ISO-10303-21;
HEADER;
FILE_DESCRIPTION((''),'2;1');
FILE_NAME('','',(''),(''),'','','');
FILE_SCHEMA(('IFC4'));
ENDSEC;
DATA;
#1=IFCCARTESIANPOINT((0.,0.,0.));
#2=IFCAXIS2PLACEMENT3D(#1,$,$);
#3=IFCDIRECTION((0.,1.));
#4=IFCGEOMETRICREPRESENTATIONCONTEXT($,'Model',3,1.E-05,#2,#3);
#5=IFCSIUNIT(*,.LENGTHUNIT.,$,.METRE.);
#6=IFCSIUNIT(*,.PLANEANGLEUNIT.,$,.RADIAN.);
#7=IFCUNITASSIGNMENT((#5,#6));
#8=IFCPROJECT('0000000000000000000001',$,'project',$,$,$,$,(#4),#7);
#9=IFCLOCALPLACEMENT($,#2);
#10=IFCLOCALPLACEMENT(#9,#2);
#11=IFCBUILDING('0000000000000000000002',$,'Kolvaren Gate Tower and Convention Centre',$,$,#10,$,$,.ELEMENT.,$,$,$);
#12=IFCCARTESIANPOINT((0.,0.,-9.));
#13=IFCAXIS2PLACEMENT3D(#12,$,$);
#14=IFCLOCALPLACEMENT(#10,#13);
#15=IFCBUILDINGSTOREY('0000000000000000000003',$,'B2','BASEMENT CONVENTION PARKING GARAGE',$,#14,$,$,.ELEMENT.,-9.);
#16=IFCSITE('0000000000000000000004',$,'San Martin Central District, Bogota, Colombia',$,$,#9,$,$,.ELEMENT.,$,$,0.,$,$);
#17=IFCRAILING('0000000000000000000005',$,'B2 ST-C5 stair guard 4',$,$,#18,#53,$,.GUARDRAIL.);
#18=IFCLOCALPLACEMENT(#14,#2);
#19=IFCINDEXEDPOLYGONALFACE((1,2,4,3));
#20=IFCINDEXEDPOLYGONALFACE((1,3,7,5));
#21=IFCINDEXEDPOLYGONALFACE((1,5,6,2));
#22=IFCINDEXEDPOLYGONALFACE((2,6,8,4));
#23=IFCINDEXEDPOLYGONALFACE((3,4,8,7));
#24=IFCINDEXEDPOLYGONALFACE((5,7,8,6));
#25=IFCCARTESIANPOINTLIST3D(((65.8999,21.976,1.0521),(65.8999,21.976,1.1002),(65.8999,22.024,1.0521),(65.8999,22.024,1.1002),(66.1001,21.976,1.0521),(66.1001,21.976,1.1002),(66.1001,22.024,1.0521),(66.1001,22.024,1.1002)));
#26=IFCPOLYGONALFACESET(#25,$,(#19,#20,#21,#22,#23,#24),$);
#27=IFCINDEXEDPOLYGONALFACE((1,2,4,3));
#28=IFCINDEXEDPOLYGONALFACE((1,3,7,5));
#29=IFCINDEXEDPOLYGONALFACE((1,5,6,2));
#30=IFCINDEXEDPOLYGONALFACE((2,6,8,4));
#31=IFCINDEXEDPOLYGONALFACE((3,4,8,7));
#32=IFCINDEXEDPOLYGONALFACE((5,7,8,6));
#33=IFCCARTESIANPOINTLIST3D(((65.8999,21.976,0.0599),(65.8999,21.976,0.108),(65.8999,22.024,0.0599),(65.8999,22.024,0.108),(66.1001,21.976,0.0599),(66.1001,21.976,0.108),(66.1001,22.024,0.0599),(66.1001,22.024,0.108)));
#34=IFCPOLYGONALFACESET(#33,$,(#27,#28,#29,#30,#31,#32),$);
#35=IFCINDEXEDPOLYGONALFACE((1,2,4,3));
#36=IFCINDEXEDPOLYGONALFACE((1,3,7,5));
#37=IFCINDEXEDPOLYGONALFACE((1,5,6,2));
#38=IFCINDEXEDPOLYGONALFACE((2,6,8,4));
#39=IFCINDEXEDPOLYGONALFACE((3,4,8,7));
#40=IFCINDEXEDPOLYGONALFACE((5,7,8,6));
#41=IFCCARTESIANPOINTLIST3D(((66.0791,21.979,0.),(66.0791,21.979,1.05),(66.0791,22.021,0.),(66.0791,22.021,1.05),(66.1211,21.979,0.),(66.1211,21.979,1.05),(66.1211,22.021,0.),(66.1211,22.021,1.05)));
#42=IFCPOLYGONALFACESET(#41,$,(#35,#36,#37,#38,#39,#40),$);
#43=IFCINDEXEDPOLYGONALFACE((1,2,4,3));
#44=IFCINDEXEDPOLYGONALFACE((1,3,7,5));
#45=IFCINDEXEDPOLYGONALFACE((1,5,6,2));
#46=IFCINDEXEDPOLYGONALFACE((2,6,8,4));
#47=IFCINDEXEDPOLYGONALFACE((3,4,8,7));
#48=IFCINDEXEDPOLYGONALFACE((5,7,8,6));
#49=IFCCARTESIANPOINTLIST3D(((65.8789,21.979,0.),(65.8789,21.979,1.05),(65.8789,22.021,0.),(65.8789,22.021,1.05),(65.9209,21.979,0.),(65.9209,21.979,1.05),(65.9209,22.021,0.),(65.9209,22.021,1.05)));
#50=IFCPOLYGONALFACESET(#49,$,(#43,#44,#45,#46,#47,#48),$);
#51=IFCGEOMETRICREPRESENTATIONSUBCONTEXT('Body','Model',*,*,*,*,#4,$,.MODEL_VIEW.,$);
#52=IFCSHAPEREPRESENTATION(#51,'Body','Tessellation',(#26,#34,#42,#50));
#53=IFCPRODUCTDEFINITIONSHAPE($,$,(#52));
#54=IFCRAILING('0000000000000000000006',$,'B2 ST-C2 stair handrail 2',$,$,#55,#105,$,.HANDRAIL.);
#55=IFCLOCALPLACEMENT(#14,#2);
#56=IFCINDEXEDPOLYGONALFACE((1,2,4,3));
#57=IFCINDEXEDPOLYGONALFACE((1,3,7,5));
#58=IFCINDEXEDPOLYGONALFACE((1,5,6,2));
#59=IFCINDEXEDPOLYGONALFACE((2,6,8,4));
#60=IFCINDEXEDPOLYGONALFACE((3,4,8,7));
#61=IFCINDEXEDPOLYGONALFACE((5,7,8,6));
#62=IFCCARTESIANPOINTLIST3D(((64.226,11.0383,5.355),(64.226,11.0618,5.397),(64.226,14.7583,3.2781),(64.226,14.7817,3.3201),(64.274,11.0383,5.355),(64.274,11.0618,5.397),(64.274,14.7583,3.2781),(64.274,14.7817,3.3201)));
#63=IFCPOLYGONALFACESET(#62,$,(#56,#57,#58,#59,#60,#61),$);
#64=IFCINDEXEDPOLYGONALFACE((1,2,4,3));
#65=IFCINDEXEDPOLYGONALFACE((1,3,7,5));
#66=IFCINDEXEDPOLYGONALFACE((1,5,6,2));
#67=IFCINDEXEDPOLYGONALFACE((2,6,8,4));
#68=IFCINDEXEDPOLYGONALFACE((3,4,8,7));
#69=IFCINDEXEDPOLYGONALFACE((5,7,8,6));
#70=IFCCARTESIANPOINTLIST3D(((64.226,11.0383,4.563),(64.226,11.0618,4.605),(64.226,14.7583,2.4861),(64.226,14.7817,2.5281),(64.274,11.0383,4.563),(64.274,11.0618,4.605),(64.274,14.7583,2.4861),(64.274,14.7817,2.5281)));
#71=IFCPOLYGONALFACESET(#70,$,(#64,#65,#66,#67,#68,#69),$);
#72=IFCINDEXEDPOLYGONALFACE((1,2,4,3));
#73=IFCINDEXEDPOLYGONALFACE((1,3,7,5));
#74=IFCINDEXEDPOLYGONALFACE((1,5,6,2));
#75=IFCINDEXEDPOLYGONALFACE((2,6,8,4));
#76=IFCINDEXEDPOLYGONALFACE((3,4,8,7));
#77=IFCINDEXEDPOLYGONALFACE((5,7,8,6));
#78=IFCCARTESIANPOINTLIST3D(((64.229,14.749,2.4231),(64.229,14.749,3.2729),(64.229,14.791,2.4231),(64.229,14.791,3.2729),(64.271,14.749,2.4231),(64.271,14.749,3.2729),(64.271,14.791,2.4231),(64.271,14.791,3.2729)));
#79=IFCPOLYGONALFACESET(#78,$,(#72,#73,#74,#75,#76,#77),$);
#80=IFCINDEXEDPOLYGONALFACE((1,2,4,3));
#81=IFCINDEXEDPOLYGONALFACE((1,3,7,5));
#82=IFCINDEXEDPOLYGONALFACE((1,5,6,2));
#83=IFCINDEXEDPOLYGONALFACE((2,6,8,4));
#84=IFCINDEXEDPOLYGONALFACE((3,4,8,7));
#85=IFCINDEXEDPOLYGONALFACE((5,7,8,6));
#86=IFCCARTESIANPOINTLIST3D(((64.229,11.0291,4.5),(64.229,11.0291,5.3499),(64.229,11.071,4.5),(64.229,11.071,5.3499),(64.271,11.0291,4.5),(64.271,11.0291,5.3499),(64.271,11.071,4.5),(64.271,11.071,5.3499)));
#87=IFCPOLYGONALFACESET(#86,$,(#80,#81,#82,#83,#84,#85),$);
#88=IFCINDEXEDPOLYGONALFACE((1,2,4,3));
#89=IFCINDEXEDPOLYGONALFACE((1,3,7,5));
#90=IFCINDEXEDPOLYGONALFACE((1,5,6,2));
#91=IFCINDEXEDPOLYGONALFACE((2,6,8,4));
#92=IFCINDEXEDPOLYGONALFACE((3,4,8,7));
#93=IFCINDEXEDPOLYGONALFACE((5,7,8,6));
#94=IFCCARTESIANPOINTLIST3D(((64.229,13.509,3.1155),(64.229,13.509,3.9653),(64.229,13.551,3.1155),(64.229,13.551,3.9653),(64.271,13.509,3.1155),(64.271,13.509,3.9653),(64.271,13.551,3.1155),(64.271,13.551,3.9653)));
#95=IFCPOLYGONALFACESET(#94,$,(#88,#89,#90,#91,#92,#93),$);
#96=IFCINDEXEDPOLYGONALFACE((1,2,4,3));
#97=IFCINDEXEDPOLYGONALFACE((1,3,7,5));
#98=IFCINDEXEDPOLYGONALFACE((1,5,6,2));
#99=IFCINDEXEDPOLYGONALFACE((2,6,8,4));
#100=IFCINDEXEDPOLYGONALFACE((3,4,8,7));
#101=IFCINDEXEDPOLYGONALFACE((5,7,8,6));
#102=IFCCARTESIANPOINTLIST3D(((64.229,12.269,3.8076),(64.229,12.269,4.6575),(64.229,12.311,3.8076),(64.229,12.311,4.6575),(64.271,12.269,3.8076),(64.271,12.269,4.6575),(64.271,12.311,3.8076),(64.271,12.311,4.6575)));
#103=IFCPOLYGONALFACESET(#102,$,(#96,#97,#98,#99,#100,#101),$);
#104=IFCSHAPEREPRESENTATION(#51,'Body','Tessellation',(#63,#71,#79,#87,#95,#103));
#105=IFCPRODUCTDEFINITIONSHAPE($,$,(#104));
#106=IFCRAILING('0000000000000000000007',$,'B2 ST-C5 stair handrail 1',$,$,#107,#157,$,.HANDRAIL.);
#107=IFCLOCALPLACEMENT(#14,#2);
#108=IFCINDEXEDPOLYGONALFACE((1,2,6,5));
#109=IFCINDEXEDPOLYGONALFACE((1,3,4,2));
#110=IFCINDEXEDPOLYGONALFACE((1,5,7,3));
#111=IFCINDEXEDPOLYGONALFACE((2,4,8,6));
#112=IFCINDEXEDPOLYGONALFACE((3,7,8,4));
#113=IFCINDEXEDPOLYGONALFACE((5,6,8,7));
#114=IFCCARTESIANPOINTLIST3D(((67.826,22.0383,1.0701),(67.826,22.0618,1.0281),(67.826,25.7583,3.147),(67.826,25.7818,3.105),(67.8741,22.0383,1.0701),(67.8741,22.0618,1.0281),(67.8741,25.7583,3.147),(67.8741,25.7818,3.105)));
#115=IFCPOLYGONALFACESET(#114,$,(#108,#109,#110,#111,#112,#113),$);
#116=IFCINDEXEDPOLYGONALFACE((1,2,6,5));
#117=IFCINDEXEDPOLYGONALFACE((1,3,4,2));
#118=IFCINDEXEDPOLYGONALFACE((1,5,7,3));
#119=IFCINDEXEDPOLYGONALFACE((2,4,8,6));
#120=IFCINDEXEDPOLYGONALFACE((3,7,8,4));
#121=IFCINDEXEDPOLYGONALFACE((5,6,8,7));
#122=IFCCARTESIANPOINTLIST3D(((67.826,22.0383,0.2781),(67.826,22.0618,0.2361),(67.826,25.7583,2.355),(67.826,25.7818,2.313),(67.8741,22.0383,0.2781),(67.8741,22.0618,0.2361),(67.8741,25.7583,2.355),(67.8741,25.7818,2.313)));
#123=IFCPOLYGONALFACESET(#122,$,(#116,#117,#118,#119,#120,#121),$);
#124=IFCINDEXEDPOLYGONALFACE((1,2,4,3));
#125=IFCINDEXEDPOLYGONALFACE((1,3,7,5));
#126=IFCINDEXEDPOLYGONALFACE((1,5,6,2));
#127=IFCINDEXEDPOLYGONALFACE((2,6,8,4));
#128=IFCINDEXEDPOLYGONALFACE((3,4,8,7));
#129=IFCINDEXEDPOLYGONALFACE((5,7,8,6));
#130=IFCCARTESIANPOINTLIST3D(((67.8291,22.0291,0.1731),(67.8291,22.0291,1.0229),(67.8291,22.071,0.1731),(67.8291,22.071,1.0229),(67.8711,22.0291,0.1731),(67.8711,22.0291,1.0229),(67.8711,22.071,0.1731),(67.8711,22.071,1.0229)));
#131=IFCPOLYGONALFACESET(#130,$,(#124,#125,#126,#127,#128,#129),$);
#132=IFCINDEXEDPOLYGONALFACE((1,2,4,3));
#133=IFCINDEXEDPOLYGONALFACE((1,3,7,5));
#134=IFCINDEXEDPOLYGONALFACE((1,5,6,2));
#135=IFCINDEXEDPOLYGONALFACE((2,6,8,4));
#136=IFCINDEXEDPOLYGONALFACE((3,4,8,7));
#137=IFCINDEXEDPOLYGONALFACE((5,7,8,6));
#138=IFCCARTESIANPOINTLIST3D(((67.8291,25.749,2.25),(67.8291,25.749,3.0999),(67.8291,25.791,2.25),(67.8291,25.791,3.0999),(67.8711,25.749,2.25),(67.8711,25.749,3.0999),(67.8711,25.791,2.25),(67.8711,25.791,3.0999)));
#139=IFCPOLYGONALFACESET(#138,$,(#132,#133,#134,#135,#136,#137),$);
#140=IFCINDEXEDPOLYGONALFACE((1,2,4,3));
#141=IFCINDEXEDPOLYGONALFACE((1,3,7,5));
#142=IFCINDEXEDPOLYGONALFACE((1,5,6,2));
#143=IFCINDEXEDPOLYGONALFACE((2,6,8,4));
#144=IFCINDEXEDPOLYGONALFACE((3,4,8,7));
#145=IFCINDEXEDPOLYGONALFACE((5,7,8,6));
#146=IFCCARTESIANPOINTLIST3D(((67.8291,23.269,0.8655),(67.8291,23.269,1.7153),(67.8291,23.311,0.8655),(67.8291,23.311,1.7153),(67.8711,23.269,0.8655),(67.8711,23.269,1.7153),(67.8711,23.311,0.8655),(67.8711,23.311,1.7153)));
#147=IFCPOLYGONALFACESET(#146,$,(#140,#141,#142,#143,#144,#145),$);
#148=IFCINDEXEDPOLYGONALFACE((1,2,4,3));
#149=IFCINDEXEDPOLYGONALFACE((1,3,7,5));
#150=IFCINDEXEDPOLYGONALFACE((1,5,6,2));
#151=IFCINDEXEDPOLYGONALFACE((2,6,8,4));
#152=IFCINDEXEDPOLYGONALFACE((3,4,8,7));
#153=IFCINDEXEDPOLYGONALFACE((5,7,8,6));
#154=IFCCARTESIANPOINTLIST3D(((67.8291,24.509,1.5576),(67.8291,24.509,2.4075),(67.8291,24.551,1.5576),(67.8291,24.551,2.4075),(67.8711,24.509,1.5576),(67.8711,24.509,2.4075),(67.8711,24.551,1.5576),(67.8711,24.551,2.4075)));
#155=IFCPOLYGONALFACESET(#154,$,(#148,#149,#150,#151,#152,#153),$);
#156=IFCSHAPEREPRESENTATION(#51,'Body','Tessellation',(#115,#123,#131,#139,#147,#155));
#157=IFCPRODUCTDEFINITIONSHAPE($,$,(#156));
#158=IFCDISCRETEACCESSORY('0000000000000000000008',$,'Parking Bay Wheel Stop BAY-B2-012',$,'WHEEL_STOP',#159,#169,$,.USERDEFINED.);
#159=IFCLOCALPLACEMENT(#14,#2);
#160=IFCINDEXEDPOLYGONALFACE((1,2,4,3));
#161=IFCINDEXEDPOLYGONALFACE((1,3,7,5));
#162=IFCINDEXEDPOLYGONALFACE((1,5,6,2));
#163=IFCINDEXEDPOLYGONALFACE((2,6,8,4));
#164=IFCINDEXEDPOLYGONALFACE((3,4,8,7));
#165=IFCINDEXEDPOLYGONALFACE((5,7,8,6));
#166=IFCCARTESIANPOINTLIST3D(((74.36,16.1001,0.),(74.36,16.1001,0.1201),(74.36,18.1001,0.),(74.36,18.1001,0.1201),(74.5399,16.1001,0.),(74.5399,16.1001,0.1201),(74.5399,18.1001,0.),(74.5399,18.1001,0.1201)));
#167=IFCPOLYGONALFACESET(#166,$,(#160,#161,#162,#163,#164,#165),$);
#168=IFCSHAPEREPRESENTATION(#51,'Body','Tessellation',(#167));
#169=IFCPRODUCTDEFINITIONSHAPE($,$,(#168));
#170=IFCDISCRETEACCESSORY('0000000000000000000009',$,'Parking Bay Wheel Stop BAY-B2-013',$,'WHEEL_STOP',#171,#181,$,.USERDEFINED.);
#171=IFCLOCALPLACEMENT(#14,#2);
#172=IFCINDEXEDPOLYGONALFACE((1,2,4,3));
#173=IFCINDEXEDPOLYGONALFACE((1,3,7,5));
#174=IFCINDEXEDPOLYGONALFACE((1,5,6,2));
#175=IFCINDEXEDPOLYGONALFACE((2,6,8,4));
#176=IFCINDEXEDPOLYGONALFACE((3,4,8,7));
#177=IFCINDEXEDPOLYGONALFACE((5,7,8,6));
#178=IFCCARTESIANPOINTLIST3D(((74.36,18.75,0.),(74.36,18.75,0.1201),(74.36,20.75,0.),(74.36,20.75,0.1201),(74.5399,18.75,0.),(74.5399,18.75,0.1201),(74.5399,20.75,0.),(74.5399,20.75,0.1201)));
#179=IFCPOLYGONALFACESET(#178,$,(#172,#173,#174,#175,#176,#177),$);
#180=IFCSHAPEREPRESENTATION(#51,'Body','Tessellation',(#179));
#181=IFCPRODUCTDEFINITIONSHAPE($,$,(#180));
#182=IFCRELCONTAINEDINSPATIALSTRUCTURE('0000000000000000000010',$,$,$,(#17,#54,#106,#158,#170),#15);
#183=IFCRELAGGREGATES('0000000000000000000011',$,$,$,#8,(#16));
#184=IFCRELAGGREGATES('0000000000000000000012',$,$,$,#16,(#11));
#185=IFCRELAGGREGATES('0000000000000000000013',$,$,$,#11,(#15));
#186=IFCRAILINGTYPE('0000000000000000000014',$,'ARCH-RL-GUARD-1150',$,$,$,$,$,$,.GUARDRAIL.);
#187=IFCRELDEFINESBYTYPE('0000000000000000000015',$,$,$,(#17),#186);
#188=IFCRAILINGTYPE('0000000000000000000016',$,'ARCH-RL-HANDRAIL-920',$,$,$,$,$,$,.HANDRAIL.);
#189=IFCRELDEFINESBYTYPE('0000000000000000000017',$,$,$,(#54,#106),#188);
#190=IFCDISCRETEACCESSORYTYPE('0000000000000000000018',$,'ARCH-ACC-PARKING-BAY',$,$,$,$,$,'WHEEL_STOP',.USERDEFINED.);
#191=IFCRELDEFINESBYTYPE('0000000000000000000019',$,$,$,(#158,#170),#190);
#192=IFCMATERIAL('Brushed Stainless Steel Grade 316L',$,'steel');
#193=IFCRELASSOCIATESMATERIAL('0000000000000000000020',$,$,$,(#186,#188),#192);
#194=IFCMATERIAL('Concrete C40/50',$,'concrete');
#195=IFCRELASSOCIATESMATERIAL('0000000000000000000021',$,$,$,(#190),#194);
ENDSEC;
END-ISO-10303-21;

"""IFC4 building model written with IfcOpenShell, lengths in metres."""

from ifc_helpers import new_model, si_unit, direction, frame, origin, origin_2d, place, context, subcontext, project, spatial, rectangle, extrude, material, type_object, element, save


model = new_model("IFC4")

# Units and contexts
model_context = context("Model", 3, precision=1e-05, world=origin(), true_north=direction((0.0, 1.0)))
body_context = subcontext(model_context, "Body", "Model", "MODEL_VIEW")
ifc_project = project(units=[si_unit("LENGTHUNIT", "METRE"), si_unit("PLANEANGLEUNIT", "RADIAN")], contexts=[model_context])

# Site, building, storey
site_placement = place(None, origin())
site = spatial("IfcSite", under=ifc_project, at=site_placement, Name="San Martin Central District, Bogota, Colombia", CompositionType="ELEMENT", RefElevation=0.0)
building_placement = place(site_placement, origin())
building = spatial("IfcBuilding", under=site, at=building_placement, Name="Kolvaren Gate Tower and Convention Centre", CompositionType="ELEMENT")
storey_placement = place(building_placement, frame((0.0, 0.0, -9.0)))
storey = spatial("IfcBuildingStorey", under=building, at=storey_placement, Name="B2", Description="BASEMENT CONVENTION PARKING GARAGE", CompositionType="ELEMENT", Elevation=-9.0)

# Railings
ifc_material_1 = material(Name="Brushed Stainless Steel Grade 316L", Category="steel")
railing_type_1 = type_object("IfcRailingType", Name="ARCH-RL-GUARD-1150", PredefinedType="GUARDRAIL", material=ifc_material_1)
railing_1_placement = place(storey_placement, frame((66.1001, 22.0, 0.0)))
element("IfcRailing", 1, at=railing_1_placement, inside=storey, type_object=railing_type_1, Name="B2 ST-C5 stair guard 4", PredefinedType="GUARDRAIL", context=body_context, shape_type="SweptSolid", body=[
    extrude(rectangle(XDim=0.0481, YDim=0.0481, at=origin_2d()), frame((0.0, 0.0, 1.0762), z_axis=(-1.0, 0.0, 0.0), x_axis=(0.0, -1.0, 0.0)), (0.0, 0.0, 1.0), 0.2002),
    extrude(rectangle(XDim=0.0481, YDim=0.0481, at=origin_2d()), frame((0.0, 0.0, 0.084), z_axis=(-1.0, 0.0, 0.0), x_axis=(0.0, -1.0, 0.0)), (0.0, 0.0, 1.0), 0.2002),
    extrude(rectangle(XDim=0.042, YDim=0.042, at=origin_2d()), origin(), (0.0, 0.0, 1.0), 1.05),
    extrude(rectangle(XDim=0.042, YDim=0.042, at=origin_2d()), frame((-0.2002, 0.0, 0.0)), (0.0, 0.0, 1.0), 1.05),
])
railing_type_2 = type_object("IfcRailingType", Name="ARCH-RL-HANDRAIL-920", PredefinedType="HANDRAIL", material=ifc_material_1)
railing_2_placement = place(storey_placement, frame((64.25, 14.77, 2.4231)))
element("IfcRailing", 2, at=railing_2_placement, inside=storey, type_object=railing_type_2, Name="B2 ST-C2 stair handrail 2", PredefinedType="HANDRAIL", context=body_context, shape_type="SweptSolid", body=[
    extrude(rectangle(XDim=0.0481, YDim=0.0481, at=origin_2d()), frame((0.0, 0.0, 0.876), z_axis=(0.0, -0.873134, 0.487481), x_axis=(1.0, 0.0, 0.0)), (0.0, 0.0, 1.0), 4.2605),
    extrude(rectangle(XDim=0.0481, YDim=0.0481, at=origin_2d()), frame((0.0, 0.0, 0.084), z_axis=(0.0, -0.873134, 0.487481), x_axis=(1.0, 0.0, 0.0)), (0.0, 0.0, 1.0), 4.2605),
    extrude(rectangle(XDim=0.042, YDim=0.042, at=origin_2d()), origin(), (0.0, 0.0, 1.0), 0.8499),
    extrude(rectangle(XDim=0.042, YDim=0.042, at=origin_2d()), frame((0.0, -3.72, 2.0769)), (0.0, 0.0, 1.0), 0.8499),
    extrude(rectangle(XDim=0.042, YDim=0.042, at=origin_2d()), frame((0.0, -1.24, 0.6924)), (0.0, 0.0, 1.0), 0.8499),
    extrude(rectangle(XDim=0.042, YDim=0.042, at=origin_2d()), frame((0.0, -2.48, 1.3845)), (0.0, 0.0, 1.0), 0.8499),
])
railing_3_placement = place(storey_placement, frame((67.8501, 22.05, 0.1731)))
element("IfcRailing", 3, at=railing_3_placement, inside=storey, type_object=railing_type_2, Name="B2 ST-C5 stair handrail 1", PredefinedType="HANDRAIL", context=body_context, shape_type="SweptSolid", body=[
    extrude(rectangle(XDim=0.0481, YDim=0.0481, at=origin_2d()), frame((0.0, 0.0, 0.876), z_axis=(0.0, 0.873134, 0.487481), x_axis=(-1.0, 0.0, 0.0)), (0.0, 0.0, 1.0), 4.2605),
    extrude(rectangle(XDim=0.0481, YDim=0.0481, at=origin_2d()), frame((0.0, 0.0, 0.084), z_axis=(0.0, 0.873134, 0.487481), x_axis=(-1.0, 0.0, 0.0)), (0.0, 0.0, 1.0), 4.2605),
    extrude(rectangle(XDim=0.042, YDim=0.042, at=origin_2d()), origin(), (0.0, 0.0, 1.0), 0.8499),
    extrude(rectangle(XDim=0.042, YDim=0.042, at=origin_2d()), frame((0.0, 3.72, 2.0769)), (0.0, 0.0, 1.0), 0.8499),
    extrude(rectangle(XDim=0.042, YDim=0.042, at=origin_2d()), frame((0.0, 1.24, 0.6924)), (0.0, 0.0, 1.0), 0.8499),
    extrude(rectangle(XDim=0.042, YDim=0.042, at=origin_2d()), frame((0.0, 2.48, 1.3845)), (0.0, 0.0, 1.0), 0.8499),
])

# Discrete accessories
ifc_material_2 = material(Name="Concrete C40/50", Category="concrete")
discrete_accessory_type = type_object("IfcDiscreteAccessoryType", Name="ARCH-ACC-PARKING-BAY", ElementType="WHEEL_STOP", PredefinedType="USERDEFINED", material=ifc_material_2)
for number, where, z_axis, x_axis, name in (
    (4, (74.45, 17.1001, 0.0), (0.0, 0.0, 1.0), (0.0, 1.0, 0.0), "Parking Bay Wheel Stop BAY-B2-012"),
    (5, (74.45, 19.75, 0.0), (0.0, 0.0, 1.0), (0.0, 1.0, 0.0), "Parking Bay Wheel Stop BAY-B2-013"),
):
    element("IfcDiscreteAccessory", number, at=place(storey_placement, frame(where, z_axis=z_axis, x_axis=x_axis)), inside=storey, type_object=discrete_accessory_type, Name=name, ObjectType="WHEEL_STOP", PredefinedType="USERDEFINED", context=body_context, shape_type="SweptSolid", body=[
        extrude(rectangle(XDim=2.0, YDim=0.1799, at=origin_2d()), origin(), (0.0, 0.0, 1.0), 0.1201),
    ])

save(model, "model.ifc")
